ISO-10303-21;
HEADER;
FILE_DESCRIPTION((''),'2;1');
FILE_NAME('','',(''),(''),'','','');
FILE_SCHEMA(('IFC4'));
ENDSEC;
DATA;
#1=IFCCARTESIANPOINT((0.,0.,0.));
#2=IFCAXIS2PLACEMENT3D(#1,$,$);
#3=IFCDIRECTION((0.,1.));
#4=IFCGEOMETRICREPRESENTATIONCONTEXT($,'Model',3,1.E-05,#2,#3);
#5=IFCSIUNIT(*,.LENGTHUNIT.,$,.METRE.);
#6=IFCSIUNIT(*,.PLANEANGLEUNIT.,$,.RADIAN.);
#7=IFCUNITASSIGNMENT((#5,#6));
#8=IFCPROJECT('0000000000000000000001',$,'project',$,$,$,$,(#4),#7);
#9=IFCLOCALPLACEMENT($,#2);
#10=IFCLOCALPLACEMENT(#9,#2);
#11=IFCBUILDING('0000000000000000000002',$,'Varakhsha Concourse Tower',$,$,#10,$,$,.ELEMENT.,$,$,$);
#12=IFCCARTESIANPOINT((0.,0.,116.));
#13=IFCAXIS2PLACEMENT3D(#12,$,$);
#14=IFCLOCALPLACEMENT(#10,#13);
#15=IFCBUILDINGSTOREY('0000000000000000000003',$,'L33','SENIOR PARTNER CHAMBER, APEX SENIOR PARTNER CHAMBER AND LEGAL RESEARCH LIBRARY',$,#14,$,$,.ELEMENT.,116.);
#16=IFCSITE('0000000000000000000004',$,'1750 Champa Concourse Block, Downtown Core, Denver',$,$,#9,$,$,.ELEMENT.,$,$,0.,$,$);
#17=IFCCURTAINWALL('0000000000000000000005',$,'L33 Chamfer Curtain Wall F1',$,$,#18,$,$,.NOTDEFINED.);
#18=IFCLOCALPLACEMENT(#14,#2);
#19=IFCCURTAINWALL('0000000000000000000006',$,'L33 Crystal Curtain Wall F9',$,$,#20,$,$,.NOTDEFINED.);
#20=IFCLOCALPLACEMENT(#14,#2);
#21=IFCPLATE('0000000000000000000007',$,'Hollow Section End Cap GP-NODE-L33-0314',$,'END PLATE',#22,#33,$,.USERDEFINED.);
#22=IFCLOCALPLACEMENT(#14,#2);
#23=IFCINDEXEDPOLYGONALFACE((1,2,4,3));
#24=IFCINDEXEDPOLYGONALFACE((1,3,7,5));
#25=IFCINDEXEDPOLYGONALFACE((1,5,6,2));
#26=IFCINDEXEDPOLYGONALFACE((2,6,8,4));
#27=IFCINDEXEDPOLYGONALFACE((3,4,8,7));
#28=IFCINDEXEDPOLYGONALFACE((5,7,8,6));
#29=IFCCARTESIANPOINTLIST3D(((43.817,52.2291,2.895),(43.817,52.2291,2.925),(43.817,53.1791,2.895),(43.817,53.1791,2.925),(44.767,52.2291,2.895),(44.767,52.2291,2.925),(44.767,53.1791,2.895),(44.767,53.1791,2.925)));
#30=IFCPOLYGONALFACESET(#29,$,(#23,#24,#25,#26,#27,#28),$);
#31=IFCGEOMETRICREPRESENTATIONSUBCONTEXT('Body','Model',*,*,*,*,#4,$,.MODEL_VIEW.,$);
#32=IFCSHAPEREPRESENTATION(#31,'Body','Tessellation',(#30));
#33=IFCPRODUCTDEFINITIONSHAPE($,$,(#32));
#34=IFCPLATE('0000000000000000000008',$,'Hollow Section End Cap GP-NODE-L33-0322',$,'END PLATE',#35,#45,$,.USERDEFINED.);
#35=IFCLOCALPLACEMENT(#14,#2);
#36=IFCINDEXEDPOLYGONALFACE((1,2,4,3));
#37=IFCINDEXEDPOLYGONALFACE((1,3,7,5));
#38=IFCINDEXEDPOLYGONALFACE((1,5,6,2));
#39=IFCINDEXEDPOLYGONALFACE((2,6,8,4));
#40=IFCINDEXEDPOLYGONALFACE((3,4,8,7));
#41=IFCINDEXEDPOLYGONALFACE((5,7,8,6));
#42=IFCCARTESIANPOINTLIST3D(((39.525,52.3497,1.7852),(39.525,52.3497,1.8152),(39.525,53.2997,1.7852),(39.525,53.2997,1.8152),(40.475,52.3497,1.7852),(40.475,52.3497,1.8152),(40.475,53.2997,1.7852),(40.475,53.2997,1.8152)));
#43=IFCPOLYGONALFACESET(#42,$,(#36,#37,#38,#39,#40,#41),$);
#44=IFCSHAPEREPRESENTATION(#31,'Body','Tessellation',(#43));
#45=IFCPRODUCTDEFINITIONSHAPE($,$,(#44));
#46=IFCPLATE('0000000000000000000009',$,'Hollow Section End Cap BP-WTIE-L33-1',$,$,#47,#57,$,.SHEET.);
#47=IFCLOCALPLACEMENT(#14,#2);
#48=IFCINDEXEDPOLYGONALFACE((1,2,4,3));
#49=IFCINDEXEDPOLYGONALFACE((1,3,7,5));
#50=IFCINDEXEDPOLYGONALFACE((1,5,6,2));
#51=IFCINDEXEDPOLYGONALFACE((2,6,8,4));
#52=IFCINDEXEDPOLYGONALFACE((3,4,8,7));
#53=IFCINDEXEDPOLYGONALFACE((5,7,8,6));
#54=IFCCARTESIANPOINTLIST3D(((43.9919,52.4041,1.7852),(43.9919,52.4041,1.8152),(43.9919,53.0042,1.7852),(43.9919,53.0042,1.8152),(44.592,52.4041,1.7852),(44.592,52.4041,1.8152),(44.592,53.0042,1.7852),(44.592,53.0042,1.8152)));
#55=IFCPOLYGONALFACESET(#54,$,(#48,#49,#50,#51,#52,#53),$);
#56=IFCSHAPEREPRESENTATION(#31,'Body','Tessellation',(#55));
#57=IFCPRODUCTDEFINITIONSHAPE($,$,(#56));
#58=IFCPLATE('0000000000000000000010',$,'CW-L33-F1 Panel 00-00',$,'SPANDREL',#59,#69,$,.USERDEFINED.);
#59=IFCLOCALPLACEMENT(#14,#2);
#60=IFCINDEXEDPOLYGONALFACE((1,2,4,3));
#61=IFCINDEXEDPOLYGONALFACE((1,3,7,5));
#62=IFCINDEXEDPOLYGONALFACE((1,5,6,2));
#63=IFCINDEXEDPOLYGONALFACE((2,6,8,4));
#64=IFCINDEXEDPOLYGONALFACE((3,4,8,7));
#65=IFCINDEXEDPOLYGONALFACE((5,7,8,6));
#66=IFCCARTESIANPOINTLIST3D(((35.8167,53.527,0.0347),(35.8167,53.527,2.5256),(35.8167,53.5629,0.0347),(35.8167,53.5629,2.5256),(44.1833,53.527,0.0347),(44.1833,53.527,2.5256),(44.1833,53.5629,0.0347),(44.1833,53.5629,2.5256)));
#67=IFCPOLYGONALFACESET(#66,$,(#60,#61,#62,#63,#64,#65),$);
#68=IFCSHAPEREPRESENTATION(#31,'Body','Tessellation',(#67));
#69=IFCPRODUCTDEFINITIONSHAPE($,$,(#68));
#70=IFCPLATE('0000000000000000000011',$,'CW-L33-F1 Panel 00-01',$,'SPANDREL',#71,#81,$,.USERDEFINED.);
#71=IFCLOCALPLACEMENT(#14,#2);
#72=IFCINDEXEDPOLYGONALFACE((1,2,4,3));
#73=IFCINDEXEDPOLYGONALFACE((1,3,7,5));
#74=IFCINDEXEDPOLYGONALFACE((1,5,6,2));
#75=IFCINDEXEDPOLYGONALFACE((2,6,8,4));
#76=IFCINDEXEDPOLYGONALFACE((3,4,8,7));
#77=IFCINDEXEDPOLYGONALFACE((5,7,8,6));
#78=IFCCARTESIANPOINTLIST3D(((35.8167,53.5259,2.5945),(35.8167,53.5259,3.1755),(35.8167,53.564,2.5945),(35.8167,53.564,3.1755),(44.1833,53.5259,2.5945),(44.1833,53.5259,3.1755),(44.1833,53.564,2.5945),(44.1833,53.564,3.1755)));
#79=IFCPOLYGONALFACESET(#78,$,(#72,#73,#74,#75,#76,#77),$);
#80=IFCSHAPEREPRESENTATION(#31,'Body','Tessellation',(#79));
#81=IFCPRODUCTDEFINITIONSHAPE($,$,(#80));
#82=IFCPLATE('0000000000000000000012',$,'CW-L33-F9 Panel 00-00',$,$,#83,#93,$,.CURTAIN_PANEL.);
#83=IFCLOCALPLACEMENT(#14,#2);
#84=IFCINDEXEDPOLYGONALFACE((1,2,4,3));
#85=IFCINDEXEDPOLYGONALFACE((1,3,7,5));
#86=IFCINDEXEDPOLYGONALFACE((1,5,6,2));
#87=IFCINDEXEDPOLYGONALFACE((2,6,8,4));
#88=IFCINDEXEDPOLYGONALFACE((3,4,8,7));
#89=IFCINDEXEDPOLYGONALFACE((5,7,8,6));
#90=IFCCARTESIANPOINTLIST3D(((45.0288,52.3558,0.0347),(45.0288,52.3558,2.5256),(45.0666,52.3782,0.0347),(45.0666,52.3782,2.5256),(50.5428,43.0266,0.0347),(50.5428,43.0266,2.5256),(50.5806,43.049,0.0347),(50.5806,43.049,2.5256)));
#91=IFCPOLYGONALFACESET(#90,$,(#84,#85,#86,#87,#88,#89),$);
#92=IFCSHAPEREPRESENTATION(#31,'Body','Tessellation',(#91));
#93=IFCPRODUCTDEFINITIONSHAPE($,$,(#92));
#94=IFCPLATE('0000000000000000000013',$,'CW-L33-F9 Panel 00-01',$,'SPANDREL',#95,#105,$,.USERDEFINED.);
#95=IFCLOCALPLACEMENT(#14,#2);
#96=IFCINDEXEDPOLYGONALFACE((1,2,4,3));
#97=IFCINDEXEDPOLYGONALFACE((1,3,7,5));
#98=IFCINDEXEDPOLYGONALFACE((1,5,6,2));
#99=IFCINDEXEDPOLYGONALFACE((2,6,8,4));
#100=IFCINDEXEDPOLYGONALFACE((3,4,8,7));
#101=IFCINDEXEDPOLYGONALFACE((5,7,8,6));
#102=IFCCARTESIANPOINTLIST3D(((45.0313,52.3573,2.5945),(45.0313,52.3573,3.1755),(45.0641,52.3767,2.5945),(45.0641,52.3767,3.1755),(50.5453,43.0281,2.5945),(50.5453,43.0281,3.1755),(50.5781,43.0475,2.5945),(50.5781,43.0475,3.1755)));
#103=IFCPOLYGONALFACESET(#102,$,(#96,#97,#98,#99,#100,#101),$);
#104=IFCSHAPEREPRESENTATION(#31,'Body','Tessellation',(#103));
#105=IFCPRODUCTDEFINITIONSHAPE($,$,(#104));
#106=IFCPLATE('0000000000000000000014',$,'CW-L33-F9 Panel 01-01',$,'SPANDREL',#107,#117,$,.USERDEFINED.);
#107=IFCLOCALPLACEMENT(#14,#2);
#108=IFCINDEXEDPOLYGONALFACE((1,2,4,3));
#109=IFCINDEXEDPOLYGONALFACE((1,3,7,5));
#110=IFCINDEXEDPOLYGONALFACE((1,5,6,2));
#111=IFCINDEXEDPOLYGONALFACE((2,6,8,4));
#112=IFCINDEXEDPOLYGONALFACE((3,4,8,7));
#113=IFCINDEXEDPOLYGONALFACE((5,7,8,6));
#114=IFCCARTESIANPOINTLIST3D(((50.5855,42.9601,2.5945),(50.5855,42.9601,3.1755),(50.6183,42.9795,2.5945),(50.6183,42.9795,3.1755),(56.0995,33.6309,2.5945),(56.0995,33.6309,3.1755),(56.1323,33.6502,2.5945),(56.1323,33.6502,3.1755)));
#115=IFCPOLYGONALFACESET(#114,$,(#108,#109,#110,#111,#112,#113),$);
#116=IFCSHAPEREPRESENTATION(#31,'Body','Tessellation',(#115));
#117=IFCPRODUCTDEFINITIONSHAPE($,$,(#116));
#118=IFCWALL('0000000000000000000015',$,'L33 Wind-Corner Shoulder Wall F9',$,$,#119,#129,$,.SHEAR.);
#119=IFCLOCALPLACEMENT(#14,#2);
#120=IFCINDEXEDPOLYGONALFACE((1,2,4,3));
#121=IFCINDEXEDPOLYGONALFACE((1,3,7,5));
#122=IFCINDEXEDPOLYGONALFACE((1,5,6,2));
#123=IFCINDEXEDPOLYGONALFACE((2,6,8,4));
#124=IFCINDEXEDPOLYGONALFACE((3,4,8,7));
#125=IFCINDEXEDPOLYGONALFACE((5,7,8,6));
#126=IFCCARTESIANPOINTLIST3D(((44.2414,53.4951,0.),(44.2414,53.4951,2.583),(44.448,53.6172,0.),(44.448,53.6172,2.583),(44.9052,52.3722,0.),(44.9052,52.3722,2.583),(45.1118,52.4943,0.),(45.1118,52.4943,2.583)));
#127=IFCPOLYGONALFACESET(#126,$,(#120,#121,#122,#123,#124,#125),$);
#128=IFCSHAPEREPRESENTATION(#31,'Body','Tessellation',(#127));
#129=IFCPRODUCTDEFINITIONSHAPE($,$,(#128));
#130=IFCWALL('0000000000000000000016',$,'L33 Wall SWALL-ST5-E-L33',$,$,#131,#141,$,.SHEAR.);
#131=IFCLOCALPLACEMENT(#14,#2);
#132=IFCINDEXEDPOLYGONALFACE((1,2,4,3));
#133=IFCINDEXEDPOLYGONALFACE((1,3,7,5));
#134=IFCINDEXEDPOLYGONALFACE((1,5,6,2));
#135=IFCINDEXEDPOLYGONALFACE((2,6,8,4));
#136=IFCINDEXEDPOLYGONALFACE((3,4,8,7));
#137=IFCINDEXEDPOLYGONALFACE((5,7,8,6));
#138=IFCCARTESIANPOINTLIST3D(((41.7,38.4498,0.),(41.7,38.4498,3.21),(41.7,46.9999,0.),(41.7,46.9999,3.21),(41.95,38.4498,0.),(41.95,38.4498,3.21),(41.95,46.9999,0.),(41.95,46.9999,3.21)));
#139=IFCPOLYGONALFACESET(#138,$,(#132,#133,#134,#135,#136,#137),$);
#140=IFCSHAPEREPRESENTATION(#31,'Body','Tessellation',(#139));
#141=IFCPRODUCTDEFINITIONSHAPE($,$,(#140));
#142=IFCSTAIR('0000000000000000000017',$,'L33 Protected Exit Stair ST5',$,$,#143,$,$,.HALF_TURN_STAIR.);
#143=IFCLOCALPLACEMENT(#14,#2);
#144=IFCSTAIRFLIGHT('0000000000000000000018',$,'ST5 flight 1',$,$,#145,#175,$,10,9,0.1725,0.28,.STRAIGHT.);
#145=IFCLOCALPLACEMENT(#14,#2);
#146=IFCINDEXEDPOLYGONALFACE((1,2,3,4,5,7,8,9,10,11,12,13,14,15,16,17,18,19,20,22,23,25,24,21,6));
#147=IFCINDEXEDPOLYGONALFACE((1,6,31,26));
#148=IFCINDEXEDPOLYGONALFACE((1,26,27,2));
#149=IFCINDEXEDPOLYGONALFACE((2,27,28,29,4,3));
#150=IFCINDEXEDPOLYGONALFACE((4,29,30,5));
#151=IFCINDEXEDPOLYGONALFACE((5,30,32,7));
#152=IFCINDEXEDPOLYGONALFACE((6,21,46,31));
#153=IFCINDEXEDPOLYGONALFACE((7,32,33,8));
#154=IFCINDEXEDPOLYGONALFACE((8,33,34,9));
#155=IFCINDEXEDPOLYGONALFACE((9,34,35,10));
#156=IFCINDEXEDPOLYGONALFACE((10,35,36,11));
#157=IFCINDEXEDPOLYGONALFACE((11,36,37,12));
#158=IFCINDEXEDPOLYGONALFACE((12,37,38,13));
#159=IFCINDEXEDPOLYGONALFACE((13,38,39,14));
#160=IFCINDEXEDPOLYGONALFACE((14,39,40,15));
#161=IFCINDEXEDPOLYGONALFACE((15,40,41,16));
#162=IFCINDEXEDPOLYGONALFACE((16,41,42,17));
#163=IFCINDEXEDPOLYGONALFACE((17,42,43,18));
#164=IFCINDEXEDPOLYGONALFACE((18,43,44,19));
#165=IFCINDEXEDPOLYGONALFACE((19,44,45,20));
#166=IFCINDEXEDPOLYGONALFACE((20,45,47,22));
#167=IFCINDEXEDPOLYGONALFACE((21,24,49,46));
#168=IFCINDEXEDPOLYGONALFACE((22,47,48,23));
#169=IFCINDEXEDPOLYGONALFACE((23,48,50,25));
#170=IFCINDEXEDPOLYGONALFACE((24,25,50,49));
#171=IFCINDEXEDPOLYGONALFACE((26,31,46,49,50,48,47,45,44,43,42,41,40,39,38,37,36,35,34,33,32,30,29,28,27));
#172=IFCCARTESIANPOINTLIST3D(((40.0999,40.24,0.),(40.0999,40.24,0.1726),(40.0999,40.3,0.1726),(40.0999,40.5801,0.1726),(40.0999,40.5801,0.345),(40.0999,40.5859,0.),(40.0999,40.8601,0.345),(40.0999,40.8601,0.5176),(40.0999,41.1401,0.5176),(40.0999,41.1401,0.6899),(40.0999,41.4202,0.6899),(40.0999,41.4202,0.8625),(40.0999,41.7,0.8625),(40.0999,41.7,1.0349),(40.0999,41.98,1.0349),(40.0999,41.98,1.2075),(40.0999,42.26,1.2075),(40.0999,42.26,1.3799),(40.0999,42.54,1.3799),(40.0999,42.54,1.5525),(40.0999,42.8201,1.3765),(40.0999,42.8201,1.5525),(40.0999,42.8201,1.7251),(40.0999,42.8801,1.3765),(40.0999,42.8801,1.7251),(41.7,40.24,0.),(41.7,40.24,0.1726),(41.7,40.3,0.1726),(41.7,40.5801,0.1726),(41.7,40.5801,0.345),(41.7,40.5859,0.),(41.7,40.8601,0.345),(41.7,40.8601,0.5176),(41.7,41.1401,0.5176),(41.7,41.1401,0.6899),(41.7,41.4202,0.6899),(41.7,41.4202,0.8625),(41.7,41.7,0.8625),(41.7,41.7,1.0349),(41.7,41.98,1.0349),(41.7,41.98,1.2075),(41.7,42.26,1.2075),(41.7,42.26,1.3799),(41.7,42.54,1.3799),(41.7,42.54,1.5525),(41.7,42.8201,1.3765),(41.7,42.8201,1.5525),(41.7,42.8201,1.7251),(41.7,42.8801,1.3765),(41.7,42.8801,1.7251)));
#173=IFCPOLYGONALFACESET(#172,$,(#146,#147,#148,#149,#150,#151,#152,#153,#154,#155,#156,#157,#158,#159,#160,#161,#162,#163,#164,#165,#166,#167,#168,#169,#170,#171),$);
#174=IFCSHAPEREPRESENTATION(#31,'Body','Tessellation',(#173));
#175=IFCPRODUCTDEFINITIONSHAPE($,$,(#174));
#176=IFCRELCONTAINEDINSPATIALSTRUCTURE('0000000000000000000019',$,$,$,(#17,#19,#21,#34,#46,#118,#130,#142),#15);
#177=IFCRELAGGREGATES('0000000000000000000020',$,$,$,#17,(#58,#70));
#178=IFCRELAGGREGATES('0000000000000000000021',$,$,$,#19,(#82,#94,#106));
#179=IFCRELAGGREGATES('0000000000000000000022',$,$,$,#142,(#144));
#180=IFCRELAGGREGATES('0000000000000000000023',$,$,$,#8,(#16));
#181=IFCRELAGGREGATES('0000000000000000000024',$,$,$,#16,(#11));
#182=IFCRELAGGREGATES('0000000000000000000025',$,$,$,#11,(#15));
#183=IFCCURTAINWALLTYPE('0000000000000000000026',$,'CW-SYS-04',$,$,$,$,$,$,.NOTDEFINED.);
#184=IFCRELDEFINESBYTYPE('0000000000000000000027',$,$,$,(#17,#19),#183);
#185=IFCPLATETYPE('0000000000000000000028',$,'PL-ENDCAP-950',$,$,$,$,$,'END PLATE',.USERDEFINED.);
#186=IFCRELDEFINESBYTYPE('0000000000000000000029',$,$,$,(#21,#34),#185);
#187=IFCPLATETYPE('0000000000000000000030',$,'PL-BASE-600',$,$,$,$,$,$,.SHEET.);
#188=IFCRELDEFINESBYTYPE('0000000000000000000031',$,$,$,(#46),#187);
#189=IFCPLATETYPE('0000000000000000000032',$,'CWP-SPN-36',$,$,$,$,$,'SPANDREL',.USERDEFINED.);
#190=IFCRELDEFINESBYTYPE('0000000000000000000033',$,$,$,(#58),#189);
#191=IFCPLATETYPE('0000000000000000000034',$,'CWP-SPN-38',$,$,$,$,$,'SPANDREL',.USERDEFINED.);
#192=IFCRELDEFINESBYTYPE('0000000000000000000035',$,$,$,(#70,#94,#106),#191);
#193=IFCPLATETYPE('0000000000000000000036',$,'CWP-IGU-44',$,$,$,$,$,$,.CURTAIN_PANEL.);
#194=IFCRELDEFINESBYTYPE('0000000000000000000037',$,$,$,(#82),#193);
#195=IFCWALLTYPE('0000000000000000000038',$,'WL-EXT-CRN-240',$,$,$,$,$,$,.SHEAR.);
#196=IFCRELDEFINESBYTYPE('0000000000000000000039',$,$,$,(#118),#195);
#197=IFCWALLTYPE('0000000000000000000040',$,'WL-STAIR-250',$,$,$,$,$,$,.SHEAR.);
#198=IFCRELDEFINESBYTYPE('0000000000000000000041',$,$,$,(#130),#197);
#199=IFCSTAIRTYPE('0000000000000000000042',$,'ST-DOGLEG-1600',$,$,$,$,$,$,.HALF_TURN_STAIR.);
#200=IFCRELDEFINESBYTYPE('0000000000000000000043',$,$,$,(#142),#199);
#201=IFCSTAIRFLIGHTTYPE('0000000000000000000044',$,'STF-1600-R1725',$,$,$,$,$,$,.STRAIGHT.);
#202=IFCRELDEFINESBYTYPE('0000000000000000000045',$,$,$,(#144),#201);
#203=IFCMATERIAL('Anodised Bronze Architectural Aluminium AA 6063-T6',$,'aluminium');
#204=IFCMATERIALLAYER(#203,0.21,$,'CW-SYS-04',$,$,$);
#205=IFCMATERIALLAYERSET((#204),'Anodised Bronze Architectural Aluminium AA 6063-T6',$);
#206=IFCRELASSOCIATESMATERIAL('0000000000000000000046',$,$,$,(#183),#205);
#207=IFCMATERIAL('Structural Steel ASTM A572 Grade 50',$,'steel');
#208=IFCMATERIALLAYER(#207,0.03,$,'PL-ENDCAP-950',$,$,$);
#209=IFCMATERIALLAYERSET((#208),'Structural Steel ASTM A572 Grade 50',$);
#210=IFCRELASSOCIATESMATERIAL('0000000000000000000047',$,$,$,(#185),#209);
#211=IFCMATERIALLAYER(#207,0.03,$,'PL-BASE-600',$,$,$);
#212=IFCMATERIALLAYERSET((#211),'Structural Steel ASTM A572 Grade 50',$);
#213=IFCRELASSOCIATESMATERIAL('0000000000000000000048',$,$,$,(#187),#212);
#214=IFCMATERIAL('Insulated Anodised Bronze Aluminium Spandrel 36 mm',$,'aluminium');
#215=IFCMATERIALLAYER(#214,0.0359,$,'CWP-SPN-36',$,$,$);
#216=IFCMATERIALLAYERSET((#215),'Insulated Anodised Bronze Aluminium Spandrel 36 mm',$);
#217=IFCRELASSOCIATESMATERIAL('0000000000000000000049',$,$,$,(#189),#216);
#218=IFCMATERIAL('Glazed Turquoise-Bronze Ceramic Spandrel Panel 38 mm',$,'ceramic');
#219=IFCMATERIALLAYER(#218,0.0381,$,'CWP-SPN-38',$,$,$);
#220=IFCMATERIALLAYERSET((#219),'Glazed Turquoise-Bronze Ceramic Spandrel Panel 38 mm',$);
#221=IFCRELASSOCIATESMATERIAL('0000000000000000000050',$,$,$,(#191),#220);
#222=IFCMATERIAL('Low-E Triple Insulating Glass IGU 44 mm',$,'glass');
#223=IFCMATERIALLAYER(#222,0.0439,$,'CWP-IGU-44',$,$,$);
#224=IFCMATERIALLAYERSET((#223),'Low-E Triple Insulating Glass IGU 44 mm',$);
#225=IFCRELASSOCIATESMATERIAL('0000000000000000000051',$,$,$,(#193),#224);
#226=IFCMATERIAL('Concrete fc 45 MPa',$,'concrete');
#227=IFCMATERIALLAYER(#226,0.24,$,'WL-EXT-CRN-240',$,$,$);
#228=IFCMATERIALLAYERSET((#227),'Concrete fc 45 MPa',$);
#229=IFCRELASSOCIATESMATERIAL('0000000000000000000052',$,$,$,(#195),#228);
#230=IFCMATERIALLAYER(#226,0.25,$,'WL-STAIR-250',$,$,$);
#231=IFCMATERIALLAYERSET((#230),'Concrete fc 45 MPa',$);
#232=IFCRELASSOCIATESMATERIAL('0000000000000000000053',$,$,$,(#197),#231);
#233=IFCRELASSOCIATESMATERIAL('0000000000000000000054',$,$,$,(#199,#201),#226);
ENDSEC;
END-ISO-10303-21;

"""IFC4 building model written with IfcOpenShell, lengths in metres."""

from ifc_helpers import new_model, si_unit, direction, frame, frame_2d, origin, origin_2d, place, context, subcontext, project, spatial, polyline, rectangle, outline, extrude, source, transform, mapped, material, layer, layer_set, type_object, type_shapes, element, aggregate, save


model = new_model("IFC4")

# Units and contexts
model_context = context("Model", 3, precision=1e-05, world=origin(), true_north=direction((0.0, 1.0)))
body_context = subcontext(model_context, "Body", "Model", "MODEL_VIEW")
ifc_project = project(units=[si_unit("LENGTHUNIT", "METRE"), si_unit("PLANEANGLEUNIT", "RADIAN")], contexts=[model_context])

# Site, building, storey
site_placement = place(None, origin())
site = spatial("IfcSite", under=ifc_project, at=site_placement, Name="1750 Champa Concourse Block, Downtown Core, Denver", CompositionType="ELEMENT", RefElevation=0.0)
building_placement = place(site_placement, origin())
building = spatial("IfcBuilding", under=site, at=building_placement, Name="Varakhsha Concourse Tower", CompositionType="ELEMENT")
storey_placement = place(building_placement, frame((0.0, 0.0, 116.0)))
storey = spatial("IfcBuildingStorey", under=building, at=storey_placement, Name="L33", Description="SENIOR PARTNER CHAMBER, APEX SENIOR PARTNER CHAMBER AND LEGAL RESEARCH LIBRARY", CompositionType="ELEMENT", Elevation=116.0)

# Shared definitions
ifc_material_1 = material(Name="Structural Steel ASTM A572 Grade 50", Category="steel")

# Curtain wall
ifc_material_2 = material(Name="Anodised Bronze Architectural Aluminium AA 6063-T6", Category="aluminium")
ifc_layer_1 = layer(ifc_material_2, 0.21, Name="CW-SYS-04")
ifc_layer_set_1 = layer_set([ifc_layer_1], Name="Anodised Bronze Architectural Aluminium AA 6063-T6")
curtain_wall_type = type_object("IfcCurtainWallType", Name="CW-SYS-04", PredefinedType="NOTDEFINED", material=ifc_layer_set_1)
curtain_wall_1_placement = place(storey_placement, origin())
curtain_wall_1 = element("IfcCurtainWall", 1, at=curtain_wall_1_placement, inside=storey, type_object=curtain_wall_type, Name="L33 Chamfer Curtain Wall F1", PredefinedType="NOTDEFINED")

# Curtain wall
curtain_wall_2_placement = place(storey_placement, origin())
curtain_wall_2 = element("IfcCurtainWall", 2, at=curtain_wall_2_placement, inside=storey, type_object=curtain_wall_type, Name="L33 Crystal Curtain Wall F9", PredefinedType="NOTDEFINED")

# Plates
ifc_layer_2 = layer(ifc_material_1, 0.03, Name="PL-ENDCAP-950")
ifc_layer_set_2 = layer_set([ifc_layer_2], Name="Structural Steel ASTM A572 Grade 50")
plate_type_1 = type_object("IfcPlateType", Name="PL-ENDCAP-950", ElementType="END PLATE", PredefinedType="USERDEFINED", material=ifc_layer_set_2)
shared_shape_1 = source(origin(), body_context, "Body", "SweptSolid", [
    extrude(rectangle(XDim=0.95, YDim=0.95, at=origin_2d()), origin(), (0.0, 0.0, 1.0), 0.03),
])
type_shapes(plate_type_1, [shared_shape_1])
for number, where, z_axis, x_axis, name in (
    (3, (44.292, 52.7041, 2.895), (0.0, 0.0, 1.0), (1.0, 0.0, 0.0), "Hollow Section End Cap GP-NODE-L33-0314"),
    (4, (40.0, 52.8247, 1.7852), (0.0, 0.0, 1.0), (1.0, 0.0, 0.0), "Hollow Section End Cap GP-NODE-L33-0322"),
):
    element("IfcPlate", number, at=place(storey_placement, frame(where, z_axis=z_axis, x_axis=x_axis)), inside=storey, type_object=plate_type_1, Name=name, ObjectType="END PLATE", PredefinedType="USERDEFINED", context=body_context, shape_type="MappedRepresentation", body=[
        mapped(shared_shape_1, transform((0.0, 0.0, 0.0), scale=1.0)),
    ])
ifc_layer_3 = layer(ifc_material_1, 0.03, Name="PL-BASE-600")
ifc_layer_set_3 = layer_set([ifc_layer_3], Name="Structural Steel ASTM A572 Grade 50")
plate_type_2 = type_object("IfcPlateType", Name="PL-BASE-600", PredefinedType="SHEET", material=ifc_layer_set_3)
shared_shape_2 = source(origin(), body_context, "Body", "SweptSolid", [
    extrude(rectangle(XDim=0.6001, YDim=0.6001, at=origin_2d()), origin(), (0.0, 0.0, 1.0), 0.03),
])
type_shapes(plate_type_2, [shared_shape_2])
plate_1_placement = place(storey_placement, frame((44.292, 52.7041, 1.7852), z_axis=(0.0, 0.0, 1.0), x_axis=(1.0, 0.0, 0.0)))
element("IfcPlate", 5, at=plate_1_placement, inside=storey, type_object=plate_type_2, Name="Hollow Section End Cap BP-WTIE-L33-1", PredefinedType="SHEET", context=body_context, shape_type="MappedRepresentation", body=[
    mapped(shared_shape_2, transform((0.0, 0.0, 0.0), scale=1.0)),
])

# Plates
ifc_material_3 = material(Name="Insulated Anodised Bronze Aluminium Spandrel 36 mm", Category="aluminium")
ifc_layer_4 = layer(ifc_material_3, 0.0359, Name="CWP-SPN-36")
ifc_layer_set_4 = layer_set([ifc_layer_4], Name="Insulated Anodised Bronze Aluminium Spandrel 36 mm")
plate_type_3 = type_object("IfcPlateType", Name="CWP-SPN-36", ElementType="SPANDREL", PredefinedType="USERDEFINED", material=ifc_layer_set_4)
shared_shape_3 = source(origin(), body_context, "Body", "SweptSolid", [
    extrude(rectangle(XDim=8.3667, YDim=0.0359, at=origin_2d()), origin(), (0.0, 0.0, 1.0), 2.491),
])
type_shapes(plate_type_3, [shared_shape_3])
plate_2_placement = place(storey_placement, frame((40.0, 53.5449, 0.0347), z_axis=(0.0, 0.0, 1.0), x_axis=(1.0, 0.0, 0.0)))
plate_2 = element("IfcPlate", 6, at=plate_2_placement, type_object=plate_type_3, Name="CW-L33-F1 Panel 00-00", ObjectType="SPANDREL", PredefinedType="USERDEFINED", context=body_context, shape_type="MappedRepresentation", body=[
    mapped(shared_shape_3, transform((0.0, 0.0, 0.0), scale=1.0)),
])
ifc_material_4 = material(Name="Glazed Turquoise-Bronze Ceramic Spandrel Panel 38 mm", Category="ceramic")
ifc_layer_5 = layer(ifc_material_4, 0.0381, Name="CWP-SPN-38")
ifc_layer_set_5 = layer_set([ifc_layer_5], Name="Glazed Turquoise-Bronze Ceramic Spandrel Panel 38 mm")
plate_type_4 = type_object("IfcPlateType", Name="CWP-SPN-38", ElementType="SPANDREL", PredefinedType="USERDEFINED", material=ifc_layer_set_5)
shared_shape_4 = source(origin(), body_context, "Body", "SweptSolid", [
    extrude(rectangle(XDim=8.3667, YDim=0.0381, at=origin_2d()), origin(), (0.0, 0.0, 1.0), 0.5811),
])
plate_3_placement = place(storey_placement, frame((40.0, 53.5449, 2.5945), z_axis=(0.0, 0.0, 1.0), x_axis=(1.0, 0.0, 0.0)))
plate_3 = element("IfcPlate", 7, at=plate_3_placement, type_object=plate_type_4, Name="CW-L33-F1 Panel 00-01", ObjectType="SPANDREL", PredefinedType="USERDEFINED", context=body_context, shape_type="MappedRepresentation", body=[
    mapped(shared_shape_4, transform((0.0, 0.0, 0.0), scale=1.0)),
])
aggregate(curtain_wall_1, [plate_2, plate_3])
ifc_material_5 = material(Name="Low-E Triple Insulating Glass IGU 44 mm", Category="glass")
ifc_layer_6 = layer(ifc_material_5, 0.0439, Name="CWP-IGU-44")
ifc_layer_set_6 = layer_set([ifc_layer_6], Name="Low-E Triple Insulating Glass IGU 44 mm")
plate_type_5 = type_object("IfcPlateType", Name="CWP-IGU-44", PredefinedType="CURTAIN_PANEL", material=ifc_layer_set_6)
shared_shape_5 = source(origin(), body_context, "Body", "SweptSolid", [
    extrude(rectangle(XDim=10.8369, YDim=0.0439, at=origin_2d()), origin(), (0.0, 0.0, 1.0), 2.491),
])
type_shapes(plate_type_5, [shared_shape_5])
plate_4_placement = place(storey_placement, frame((47.8047, 47.7024, 0.0347), z_axis=(0.0, 0.0, 1.0), x_axis=(0.508815, -0.860876, 0.0)))
plate_4 = element("IfcPlate", 8, at=plate_4_placement, type_object=plate_type_5, Name="CW-L33-F9 Panel 00-00", PredefinedType="CURTAIN_PANEL", context=body_context, shape_type="MappedRepresentation", body=[
    mapped(shared_shape_5, transform((0.0, 0.0, 0.0), scale=1.0)),
])
shared_shape_6 = source(origin(), body_context, "Body", "SweptSolid", [
    extrude(rectangle(XDim=10.8369, YDim=0.0381, at=origin_2d()), origin(), (0.0, 0.0, 1.0), 0.5811),
])
type_shapes(plate_type_4, [shared_shape_4, shared_shape_6])
plate_5_placement = place(storey_placement, frame((47.8047, 47.7024, 2.5945), z_axis=(0.0, 0.0, 1.0), x_axis=(0.508815, -0.860876, 0.0)))
plate_5 = element("IfcPlate", 9, at=plate_5_placement, type_object=plate_type_4, Name="CW-L33-F9 Panel 00-01", ObjectType="SPANDREL", PredefinedType="USERDEFINED", context=body_context, shape_type="MappedRepresentation", body=[
    mapped(shared_shape_6, transform((0.0, 0.0, 0.0), scale=1.0)),
])
plate_6_placement = place(storey_placement, frame((53.3589, 38.3052, 2.5945), z_axis=(0.0, 0.0, 1.0), x_axis=(0.508815, -0.860876, 0.0)))
plate_6 = element("IfcPlate", 10, at=plate_6_placement, type_object=plate_type_4, Name="CW-L33-F9 Panel 01-01", ObjectType="SPANDREL", PredefinedType="USERDEFINED", context=body_context, shape_type="MappedRepresentation", body=[
    mapped(shared_shape_6, transform((0.0, 0.0, 0.0), scale=1.0)),
])
aggregate(curtain_wall_2, [plate_4, plate_5, plate_6])

# Walls
ifc_material_6 = material(Name="Concrete fc 45 MPa", Category="concrete")
ifc_layer_7 = layer(ifc_material_6, 0.24, Name="WL-EXT-CRN-240")
ifc_layer_set_7 = layer_set([ifc_layer_7], Name="Concrete fc 45 MPa")
wall_type_1 = type_object("IfcWallType", Name="WL-EXT-CRN-240", PredefinedType="SHEAR", material=ifc_layer_set_7)
wall_1_placement = place(storey_placement, frame((45.0085, 52.4331, 0.0), z_axis=(0.0, 0.0, 1.0), x_axis=(-0.508843, 0.860859, 0.0)))
element("IfcWall", 11, at=wall_1_placement, inside=storey, type_object=wall_type_1, Name="L33 Wind-Corner Shoulder Wall F9", PredefinedType="SHEAR", context=body_context, shape_type="SweptSolid", body=[
    extrude(rectangle(XDim=1.3044, YDim=0.24, at=frame_2d((0.6523, 0.0))), origin(), (0.0, 0.0, 1.0), 2.583),
])
ifc_layer_8 = layer(ifc_material_6, 0.25, Name="WL-STAIR-250")
ifc_layer_set_8 = layer_set([ifc_layer_8], Name="Concrete fc 45 MPa")
wall_type_2 = type_object("IfcWallType", Name="WL-STAIR-250", PredefinedType="SHEAR", material=ifc_layer_set_8)
wall_2_placement = place(storey_placement, frame((41.825, 38.45, 0.0), z_axis=(0.0, 0.0, 1.0), x_axis=(0.0, 1.0, 0.0)))
element("IfcWall", 12, at=wall_2_placement, inside=storey, type_object=wall_type_2, Name="L33 Wall SWALL-ST5-E-L33", PredefinedType="SHEAR", context=body_context, shape_type="SweptSolid", body=[
    extrude(rectangle(XDim=8.55, YDim=0.25, at=frame_2d((4.2749, 0.0))), origin(), (0.0, 0.0, 1.0), 3.21),
])

# Stair, stair flight
stair_type = type_object("IfcStairType", Name="ST-DOGLEG-1600", PredefinedType="HALF_TURN_STAIR", material=ifc_material_6)
stair_placement = place(storey_placement, origin())
stair = element("IfcStair", 13, at=stair_placement, inside=storey, type_object=stair_type, Name="L33 Protected Exit Stair ST5", PredefinedType="HALF_TURN_STAIR")
stair_flight_type = type_object("IfcStairFlightType", Name="STF-1600-R1725", PredefinedType="STRAIGHT", material=ifc_material_6)
stair_flight_1_placement = place(storey_placement, frame((40.8999, 40.3, 0.0), z_axis=(0.0, 0.0, 1.0), x_axis=(0.0, 1.0, 0.0)))
stair_flight_1 = element("IfcStairFlight", 14, at=stair_flight_1_placement, type_object=stair_flight_type, Name="ST5 flight 1", NumberOfRisers=10, NumberOfTreads=9, PredefinedType="STRAIGHT", RiserHeight=0.1725, TreadLength=0.28, context=body_context, shape_type="SweptSolid", body=[
    extrude(outline(polyline([(-0.0601, 0.0), (-0.0601, 0.1726), (0.0, 0.1726), (0.28, 0.1726), (0.28, 0.345), (0.5601, 0.345), (0.5601, 0.5176), (0.8401, 0.5176), (0.8401, 0.6899), (1.1201, 0.6899), (1.1201, 0.8625), (1.3999, 0.8625), (1.3999, 1.0349), (1.6799, 1.0349), (1.6799, 1.2075), (1.96, 1.2075), (1.96, 1.3799), (2.24, 1.3799), (2.24, 1.5525), (2.52, 1.5525), (2.52, 1.7251), (2.5801, 1.7251), (2.5801, 1.3765), (2.52, 1.3765), (0.2859, 0.0), (-0.0601, 0.0)])), frame((0.0, 0.8, 0.0), z_axis=(0.0, -1.0, 0.0), x_axis=(1.0, 0.0, 0.0)), (0.0, 0.0, 1.0), 1.6001),
])
aggregate(stair, [stair_flight_1])

save(model, "model.ifc")
